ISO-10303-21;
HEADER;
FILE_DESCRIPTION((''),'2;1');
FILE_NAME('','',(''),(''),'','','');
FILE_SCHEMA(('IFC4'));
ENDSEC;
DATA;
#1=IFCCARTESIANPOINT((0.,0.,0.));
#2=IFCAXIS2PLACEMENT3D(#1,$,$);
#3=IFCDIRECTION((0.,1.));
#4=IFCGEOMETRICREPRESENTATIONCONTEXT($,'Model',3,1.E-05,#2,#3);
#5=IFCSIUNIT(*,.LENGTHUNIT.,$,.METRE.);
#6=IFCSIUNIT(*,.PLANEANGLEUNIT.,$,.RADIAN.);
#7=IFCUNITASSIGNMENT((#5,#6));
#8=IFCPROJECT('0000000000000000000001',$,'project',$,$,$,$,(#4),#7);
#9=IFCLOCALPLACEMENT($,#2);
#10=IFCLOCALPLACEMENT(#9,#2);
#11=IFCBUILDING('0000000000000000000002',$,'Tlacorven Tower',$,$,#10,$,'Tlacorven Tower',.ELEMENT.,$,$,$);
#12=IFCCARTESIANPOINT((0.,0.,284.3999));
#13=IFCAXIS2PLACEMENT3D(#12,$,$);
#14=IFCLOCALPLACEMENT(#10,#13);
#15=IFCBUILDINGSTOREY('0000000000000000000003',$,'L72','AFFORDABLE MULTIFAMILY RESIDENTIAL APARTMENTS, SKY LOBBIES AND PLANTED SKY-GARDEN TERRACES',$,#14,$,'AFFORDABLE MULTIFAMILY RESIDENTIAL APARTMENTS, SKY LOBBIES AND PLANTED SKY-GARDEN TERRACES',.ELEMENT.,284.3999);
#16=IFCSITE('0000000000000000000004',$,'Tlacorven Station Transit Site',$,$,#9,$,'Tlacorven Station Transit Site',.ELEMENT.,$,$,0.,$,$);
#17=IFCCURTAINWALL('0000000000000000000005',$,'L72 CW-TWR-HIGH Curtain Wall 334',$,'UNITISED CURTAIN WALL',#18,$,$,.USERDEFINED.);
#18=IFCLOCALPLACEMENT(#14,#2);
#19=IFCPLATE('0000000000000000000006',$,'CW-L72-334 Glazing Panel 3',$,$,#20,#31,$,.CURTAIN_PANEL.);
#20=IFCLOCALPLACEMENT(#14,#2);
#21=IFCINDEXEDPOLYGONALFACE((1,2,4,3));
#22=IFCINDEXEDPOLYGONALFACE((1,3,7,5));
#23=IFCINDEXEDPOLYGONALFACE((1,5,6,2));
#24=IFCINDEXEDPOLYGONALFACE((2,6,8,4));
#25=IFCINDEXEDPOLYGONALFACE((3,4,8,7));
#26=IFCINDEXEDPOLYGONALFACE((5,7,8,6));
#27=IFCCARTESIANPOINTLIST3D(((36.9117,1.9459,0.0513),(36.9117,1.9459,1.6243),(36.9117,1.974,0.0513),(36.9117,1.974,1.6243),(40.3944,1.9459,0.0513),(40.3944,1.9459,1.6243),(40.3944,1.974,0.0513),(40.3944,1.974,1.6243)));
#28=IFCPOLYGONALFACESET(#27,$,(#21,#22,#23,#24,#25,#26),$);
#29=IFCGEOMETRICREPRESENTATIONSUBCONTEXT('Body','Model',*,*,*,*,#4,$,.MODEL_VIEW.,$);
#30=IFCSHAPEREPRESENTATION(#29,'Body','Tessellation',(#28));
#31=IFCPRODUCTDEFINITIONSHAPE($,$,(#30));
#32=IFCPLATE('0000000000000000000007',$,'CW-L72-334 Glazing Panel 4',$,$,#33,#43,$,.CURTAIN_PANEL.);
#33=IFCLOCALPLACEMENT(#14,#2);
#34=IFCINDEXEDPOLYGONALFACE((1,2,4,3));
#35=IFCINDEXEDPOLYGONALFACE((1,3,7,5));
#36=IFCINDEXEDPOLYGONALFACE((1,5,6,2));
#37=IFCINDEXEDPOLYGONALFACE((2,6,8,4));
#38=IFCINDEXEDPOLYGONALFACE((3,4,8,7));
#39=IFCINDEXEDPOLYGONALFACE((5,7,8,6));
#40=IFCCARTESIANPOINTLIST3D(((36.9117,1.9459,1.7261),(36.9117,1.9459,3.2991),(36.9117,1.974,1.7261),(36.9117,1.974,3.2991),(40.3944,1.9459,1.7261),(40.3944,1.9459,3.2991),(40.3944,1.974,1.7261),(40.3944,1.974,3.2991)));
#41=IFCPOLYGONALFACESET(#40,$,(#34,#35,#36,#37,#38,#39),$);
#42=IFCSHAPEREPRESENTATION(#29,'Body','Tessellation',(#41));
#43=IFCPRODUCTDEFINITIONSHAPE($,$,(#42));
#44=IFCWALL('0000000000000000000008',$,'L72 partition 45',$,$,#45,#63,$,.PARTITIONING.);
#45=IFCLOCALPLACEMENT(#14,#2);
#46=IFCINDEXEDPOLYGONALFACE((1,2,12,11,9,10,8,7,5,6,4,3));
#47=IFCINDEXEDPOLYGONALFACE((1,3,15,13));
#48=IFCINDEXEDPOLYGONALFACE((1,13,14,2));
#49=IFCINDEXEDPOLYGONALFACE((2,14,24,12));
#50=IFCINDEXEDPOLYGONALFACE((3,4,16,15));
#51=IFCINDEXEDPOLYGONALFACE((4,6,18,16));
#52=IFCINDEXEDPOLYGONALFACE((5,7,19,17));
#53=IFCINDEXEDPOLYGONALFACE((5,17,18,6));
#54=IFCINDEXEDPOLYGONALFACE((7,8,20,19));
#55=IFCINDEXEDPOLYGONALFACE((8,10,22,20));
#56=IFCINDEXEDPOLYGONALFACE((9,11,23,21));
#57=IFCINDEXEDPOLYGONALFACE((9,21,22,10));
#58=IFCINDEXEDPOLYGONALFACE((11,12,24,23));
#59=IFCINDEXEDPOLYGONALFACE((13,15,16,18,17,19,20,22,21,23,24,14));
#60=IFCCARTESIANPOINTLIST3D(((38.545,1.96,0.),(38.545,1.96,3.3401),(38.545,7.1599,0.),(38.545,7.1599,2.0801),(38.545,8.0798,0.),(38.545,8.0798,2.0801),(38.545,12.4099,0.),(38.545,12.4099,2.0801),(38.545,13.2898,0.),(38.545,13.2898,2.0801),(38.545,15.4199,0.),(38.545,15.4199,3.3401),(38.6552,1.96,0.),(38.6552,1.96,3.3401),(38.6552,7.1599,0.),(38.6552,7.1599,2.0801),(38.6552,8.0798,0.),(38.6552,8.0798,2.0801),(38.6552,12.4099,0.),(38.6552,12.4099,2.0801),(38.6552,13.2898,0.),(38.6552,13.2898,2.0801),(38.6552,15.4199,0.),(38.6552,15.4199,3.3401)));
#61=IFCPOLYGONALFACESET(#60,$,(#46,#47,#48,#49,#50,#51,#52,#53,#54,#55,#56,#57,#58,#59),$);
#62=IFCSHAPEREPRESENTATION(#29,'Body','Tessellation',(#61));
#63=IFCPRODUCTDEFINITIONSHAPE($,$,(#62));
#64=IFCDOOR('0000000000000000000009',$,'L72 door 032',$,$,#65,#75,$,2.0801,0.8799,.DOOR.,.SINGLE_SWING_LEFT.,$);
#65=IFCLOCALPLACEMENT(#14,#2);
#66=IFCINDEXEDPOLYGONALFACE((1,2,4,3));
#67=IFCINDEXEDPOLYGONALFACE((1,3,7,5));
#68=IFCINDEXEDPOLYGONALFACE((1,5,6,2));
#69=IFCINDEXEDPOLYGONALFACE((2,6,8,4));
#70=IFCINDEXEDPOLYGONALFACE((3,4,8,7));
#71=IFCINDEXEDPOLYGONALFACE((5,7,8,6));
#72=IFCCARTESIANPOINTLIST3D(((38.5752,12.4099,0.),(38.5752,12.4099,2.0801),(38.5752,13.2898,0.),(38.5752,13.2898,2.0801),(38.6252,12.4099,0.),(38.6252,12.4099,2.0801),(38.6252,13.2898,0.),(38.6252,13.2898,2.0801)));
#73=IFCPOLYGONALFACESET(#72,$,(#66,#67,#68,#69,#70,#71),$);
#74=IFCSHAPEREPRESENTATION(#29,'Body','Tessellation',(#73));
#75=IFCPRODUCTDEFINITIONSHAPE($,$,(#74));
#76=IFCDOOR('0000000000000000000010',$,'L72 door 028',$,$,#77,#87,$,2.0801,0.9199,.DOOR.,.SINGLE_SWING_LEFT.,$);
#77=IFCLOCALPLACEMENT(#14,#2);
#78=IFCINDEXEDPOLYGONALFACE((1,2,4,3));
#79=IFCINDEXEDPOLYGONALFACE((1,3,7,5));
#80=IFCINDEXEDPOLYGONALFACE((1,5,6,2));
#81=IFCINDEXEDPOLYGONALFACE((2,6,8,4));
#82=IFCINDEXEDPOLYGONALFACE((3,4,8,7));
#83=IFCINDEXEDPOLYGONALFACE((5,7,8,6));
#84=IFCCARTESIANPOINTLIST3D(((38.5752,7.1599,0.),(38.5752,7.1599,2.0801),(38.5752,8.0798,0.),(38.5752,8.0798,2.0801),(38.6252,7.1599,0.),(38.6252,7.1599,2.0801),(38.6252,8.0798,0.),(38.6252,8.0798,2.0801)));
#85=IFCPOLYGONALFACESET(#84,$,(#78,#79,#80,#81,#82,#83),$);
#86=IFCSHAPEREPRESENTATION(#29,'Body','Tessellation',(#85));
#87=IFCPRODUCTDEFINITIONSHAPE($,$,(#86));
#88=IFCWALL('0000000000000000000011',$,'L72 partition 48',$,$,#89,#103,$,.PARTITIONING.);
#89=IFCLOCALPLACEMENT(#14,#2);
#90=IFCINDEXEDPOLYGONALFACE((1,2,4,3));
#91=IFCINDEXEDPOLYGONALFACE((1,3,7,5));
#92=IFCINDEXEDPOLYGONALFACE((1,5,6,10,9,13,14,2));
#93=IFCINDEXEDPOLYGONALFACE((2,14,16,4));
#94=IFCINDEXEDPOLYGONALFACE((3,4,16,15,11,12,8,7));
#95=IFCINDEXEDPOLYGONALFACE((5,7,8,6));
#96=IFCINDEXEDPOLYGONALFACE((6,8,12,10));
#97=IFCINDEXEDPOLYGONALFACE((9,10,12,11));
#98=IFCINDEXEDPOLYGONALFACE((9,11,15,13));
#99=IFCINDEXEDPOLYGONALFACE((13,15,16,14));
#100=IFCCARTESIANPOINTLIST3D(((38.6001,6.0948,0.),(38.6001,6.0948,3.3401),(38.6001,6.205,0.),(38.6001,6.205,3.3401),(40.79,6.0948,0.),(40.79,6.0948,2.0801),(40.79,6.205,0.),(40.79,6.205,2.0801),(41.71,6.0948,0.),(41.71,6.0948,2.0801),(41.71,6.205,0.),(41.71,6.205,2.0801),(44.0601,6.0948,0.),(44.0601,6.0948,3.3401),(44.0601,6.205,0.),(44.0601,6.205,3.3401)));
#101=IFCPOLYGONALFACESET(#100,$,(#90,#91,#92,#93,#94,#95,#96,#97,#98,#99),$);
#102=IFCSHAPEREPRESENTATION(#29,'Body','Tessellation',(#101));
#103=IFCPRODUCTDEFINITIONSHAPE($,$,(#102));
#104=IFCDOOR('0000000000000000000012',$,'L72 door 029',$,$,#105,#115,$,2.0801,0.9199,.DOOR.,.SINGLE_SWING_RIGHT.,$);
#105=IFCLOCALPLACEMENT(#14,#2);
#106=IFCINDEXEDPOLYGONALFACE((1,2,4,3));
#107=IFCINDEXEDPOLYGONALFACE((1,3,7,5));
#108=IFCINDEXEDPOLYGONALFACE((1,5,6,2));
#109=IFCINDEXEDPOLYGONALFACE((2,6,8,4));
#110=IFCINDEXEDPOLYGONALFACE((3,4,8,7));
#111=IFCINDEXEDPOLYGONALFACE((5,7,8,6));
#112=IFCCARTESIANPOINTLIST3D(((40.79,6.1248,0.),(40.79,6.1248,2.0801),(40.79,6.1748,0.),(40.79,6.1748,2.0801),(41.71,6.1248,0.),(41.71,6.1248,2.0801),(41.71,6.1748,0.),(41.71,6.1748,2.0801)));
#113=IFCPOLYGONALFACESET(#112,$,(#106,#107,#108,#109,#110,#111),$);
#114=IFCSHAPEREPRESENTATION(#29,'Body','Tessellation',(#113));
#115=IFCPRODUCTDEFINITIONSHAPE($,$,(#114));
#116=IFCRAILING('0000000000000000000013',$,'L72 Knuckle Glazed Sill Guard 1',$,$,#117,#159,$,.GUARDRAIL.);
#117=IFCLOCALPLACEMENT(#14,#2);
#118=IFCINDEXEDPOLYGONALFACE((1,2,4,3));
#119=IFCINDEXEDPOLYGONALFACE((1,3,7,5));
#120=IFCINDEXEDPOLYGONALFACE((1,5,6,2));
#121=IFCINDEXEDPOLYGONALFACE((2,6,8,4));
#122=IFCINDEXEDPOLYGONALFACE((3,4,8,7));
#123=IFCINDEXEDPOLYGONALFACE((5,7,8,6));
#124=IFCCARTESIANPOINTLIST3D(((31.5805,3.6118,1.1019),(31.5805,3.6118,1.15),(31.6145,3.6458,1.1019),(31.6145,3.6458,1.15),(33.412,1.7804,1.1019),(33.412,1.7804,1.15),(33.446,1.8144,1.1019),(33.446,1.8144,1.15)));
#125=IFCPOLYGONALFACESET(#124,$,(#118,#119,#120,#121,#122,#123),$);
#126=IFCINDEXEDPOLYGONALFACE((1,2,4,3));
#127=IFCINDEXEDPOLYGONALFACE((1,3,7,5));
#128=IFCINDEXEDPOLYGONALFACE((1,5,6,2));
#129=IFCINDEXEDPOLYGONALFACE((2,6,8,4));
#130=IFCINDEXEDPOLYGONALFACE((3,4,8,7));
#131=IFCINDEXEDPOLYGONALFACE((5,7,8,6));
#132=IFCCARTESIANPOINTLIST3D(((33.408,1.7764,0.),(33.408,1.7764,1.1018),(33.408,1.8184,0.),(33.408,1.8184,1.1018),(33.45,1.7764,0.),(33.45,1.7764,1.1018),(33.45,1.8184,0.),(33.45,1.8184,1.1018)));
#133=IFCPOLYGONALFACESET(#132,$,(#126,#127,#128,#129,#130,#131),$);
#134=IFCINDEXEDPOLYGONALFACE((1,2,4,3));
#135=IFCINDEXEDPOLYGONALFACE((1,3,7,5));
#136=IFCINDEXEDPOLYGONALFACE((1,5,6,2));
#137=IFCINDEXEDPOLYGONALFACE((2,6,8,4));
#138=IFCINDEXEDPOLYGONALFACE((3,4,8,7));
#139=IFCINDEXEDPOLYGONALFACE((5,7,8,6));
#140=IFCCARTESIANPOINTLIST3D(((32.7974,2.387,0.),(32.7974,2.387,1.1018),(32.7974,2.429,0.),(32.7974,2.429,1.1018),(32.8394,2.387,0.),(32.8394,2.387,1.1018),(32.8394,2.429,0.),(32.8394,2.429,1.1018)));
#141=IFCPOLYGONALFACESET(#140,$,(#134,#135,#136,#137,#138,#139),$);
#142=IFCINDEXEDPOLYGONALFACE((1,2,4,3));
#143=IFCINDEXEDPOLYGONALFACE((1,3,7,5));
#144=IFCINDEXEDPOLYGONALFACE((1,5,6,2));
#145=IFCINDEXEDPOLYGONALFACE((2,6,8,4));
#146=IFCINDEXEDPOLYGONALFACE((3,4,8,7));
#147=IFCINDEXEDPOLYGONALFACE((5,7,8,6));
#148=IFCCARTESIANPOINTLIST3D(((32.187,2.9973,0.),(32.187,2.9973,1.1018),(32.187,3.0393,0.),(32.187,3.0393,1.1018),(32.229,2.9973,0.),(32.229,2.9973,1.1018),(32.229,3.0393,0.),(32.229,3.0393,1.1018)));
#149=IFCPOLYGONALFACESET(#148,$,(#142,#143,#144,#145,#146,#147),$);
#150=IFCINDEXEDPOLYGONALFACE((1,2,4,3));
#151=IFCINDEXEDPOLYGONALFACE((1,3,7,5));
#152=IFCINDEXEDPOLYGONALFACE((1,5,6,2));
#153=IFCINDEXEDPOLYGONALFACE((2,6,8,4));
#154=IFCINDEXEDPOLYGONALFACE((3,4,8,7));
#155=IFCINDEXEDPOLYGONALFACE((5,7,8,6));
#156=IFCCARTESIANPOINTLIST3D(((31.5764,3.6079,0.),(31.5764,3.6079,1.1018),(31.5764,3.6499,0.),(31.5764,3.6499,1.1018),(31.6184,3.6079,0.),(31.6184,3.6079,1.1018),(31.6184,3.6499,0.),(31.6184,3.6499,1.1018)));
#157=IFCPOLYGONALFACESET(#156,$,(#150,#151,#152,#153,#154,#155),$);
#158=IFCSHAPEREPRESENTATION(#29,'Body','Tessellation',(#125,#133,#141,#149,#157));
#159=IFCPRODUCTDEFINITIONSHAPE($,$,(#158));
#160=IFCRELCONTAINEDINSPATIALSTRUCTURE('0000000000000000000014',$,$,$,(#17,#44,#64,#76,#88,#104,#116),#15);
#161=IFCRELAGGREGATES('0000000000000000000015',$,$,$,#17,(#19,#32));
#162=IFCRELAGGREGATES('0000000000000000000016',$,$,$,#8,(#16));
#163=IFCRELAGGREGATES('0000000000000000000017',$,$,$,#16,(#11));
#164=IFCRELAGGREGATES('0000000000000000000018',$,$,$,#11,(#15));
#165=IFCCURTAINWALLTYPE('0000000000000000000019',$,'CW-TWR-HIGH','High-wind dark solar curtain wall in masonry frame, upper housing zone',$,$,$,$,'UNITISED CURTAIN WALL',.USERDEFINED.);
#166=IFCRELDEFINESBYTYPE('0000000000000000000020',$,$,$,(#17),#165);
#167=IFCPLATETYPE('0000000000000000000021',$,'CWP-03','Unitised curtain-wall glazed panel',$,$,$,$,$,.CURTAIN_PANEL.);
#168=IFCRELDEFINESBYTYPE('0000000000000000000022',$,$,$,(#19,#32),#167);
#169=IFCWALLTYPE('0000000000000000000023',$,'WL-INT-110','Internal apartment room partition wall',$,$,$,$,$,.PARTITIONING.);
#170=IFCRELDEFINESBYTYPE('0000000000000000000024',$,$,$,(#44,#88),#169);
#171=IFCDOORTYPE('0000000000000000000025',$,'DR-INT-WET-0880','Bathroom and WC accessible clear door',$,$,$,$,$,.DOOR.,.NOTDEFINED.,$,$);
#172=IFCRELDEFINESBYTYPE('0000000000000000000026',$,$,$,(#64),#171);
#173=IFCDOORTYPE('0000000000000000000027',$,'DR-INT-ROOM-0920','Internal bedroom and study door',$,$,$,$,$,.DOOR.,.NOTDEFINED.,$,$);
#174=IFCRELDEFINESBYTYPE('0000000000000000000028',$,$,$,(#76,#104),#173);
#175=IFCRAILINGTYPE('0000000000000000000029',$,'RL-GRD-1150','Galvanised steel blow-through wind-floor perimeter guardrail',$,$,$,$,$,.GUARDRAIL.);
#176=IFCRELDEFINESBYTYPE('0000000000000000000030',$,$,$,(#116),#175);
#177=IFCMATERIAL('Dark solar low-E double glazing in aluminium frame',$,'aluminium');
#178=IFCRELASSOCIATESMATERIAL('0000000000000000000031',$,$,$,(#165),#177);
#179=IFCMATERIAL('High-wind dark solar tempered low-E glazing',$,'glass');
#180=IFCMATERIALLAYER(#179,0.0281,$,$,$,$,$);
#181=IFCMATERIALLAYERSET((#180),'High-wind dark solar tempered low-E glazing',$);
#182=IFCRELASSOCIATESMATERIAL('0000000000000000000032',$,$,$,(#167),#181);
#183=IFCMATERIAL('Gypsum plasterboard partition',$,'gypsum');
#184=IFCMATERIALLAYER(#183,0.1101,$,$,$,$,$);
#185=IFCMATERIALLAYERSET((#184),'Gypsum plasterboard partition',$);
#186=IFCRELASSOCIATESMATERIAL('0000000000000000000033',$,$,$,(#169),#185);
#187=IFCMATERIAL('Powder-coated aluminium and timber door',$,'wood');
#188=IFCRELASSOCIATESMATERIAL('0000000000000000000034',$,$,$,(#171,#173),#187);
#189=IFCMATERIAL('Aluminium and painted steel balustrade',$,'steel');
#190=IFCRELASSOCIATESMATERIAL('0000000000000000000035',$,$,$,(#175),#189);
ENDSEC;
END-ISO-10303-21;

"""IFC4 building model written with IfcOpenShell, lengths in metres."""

from ifc_helpers import new_model, si_unit, direction, frame, frame_2d, origin, origin_2d, place, context, subcontext, project, spatial, rectangle, extrude, source, transform, mapped, material, layer, layer_set, type_object, element, fill, aggregate, save


model = new_model("IFC4")

# Units and contexts
model_context = context("Model", 3, precision=1e-05, world=origin(), true_north=direction((0.0, 1.0)))
body_context = subcontext(model_context, "Body", "Model", "MODEL_VIEW")
ifc_project = project(units=[si_unit("LENGTHUNIT", "METRE"), si_unit("PLANEANGLEUNIT", "RADIAN")], contexts=[model_context])

# Site, building, storey
site_placement = place(None, origin())
site = spatial("IfcSite", under=ifc_project, at=site_placement, Name="Tlacorven Station Transit Site", LongName="Tlacorven Station Transit Site", CompositionType="ELEMENT", RefElevation=0.0)
building_placement = place(site_placement, origin())
building = spatial("IfcBuilding", under=site, at=building_placement, Name="Tlacorven Tower", LongName="Tlacorven Tower", CompositionType="ELEMENT")
storey_placement = place(building_placement, frame((0.0, 0.0, 284.3999)))
storey = spatial("IfcBuildingStorey", under=building, at=storey_placement, Name="L72", Description="AFFORDABLE MULTIFAMILY RESIDENTIAL APARTMENTS, SKY LOBBIES AND PLANTED SKY-GARDEN TERRACES", LongName="AFFORDABLE MULTIFAMILY RESIDENTIAL APARTMENTS, SKY LOBBIES AND PLANTED SKY-GARDEN TERRACES", CompositionType="ELEMENT", Elevation=284.3999)

# Curtain wall
ifc_material_1 = material(Name="Dark solar low-E double glazing in aluminium frame", Category="aluminium")
curtain_wall_type = type_object("IfcCurtainWallType", Name="CW-TWR-HIGH", Description="High-wind dark solar curtain wall in masonry frame, upper housing zone", ElementType="UNITISED CURTAIN WALL", PredefinedType="USERDEFINED", material=ifc_material_1)
curtain_wall_1_placement = place(storey_placement, origin())
curtain_wall_1 = element("IfcCurtainWall", 1, at=curtain_wall_1_placement, inside=storey, type_object=curtain_wall_type, Name="L72 CW-TWR-HIGH Curtain Wall 334", ObjectType="UNITISED CURTAIN WALL", PredefinedType="USERDEFINED")

# Plates
ifc_material_2 = material(Name="High-wind dark solar tempered low-E glazing", Category="glass")
ifc_layer_1 = layer(ifc_material_2, 0.0281)
ifc_layer_set_1 = layer_set([ifc_layer_1], Name="High-wind dark solar tempered low-E glazing")
plate_type = type_object("IfcPlateType", Name="CWP-03", Description="Unitised curtain-wall glazed panel", PredefinedType="CURTAIN_PANEL", material=ifc_layer_set_1)
shared_shape_1 = source(origin(), body_context, "Body", "SweptSolid", [
    extrude(rectangle(XDim=3.4827, YDim=0.0281, at=origin_2d()), origin(), (0.0, 0.0, 1.0), 1.573),
])
plate_1_placement = place(storey_placement, frame((38.6531, 1.96, 0.0513), z_axis=(0.0, 0.0, 1.0), x_axis=(-1.0, 0.0, 0.0)))
plate_1 = element("IfcPlate", 2, at=plate_1_placement, type_object=plate_type, Name="CW-L72-334 Glazing Panel 3", PredefinedType="CURTAIN_PANEL", context=body_context, shape_type="MappedRepresentation", body=[
    mapped(shared_shape_1, transform((0.0, 0.0, 0.0), scale=1.0)),
])
plate_2_placement = place(storey_placement, frame((38.6531, 1.96, 1.7261), z_axis=(0.0, 0.0, 1.0), x_axis=(-1.0, 0.0, 0.0)))
plate_2 = element("IfcPlate", 3, at=plate_2_placement, type_object=plate_type, Name="CW-L72-334 Glazing Panel 4", PredefinedType="CURTAIN_PANEL", context=body_context, shape_type="MappedRepresentation", body=[
    mapped(shared_shape_1, transform((0.0, 0.0, 0.0), scale=1.0)),
])
aggregate(curtain_wall_1, [plate_1, plate_2])

# Wall, openings, doors
ifc_material_3 = material(Name="Gypsum plasterboard partition", Category="gypsum")
ifc_layer_2 = layer(ifc_material_3, 0.1101)
ifc_layer_set_2 = layer_set([ifc_layer_2], Name="Gypsum plasterboard partition")
wall_type = type_object("IfcWallType", Name="WL-INT-110", Description="Internal apartment room partition wall", PredefinedType="PARTITIONING", material=ifc_layer_set_2)
wall_1_placement = place(storey_placement, frame((38.6001, 1.96, 0.0), z_axis=(0.0, 0.0, 1.0), x_axis=(0.0, 1.0, 0.0)))
wall_1 = element("IfcWall", 4, at=wall_1_placement, inside=storey, type_object=wall_type, Name="L72 partition 45", PredefinedType="PARTITIONING", context=body_context, shape_type="SweptSolid", body=[
    extrude(rectangle(XDim=13.46, YDim=0.1101, at=frame_2d((6.73, 0.0))), origin(), (0.0, 0.0, 1.0), 3.3401),
])
opening_1_placement = place(wall_1_placement, frame((5.2, 0.0, 0.0)))
opening_1 = element("IfcOpeningElement", 5, at=opening_1_placement, cuts=wall_1, PredefinedType="OPENING", context=body_context, shape_type="SweptSolid", body=[
    extrude(rectangle(XDim=0.9199, YDim=2.0801, at=frame_2d((0.46, 1.04))), frame((0.0, 0.0649, 0.0), z_axis=(0.0, -1.0, 0.0), x_axis=(1.0, 0.0, 0.0)), (0.0, 0.0, 1.0), 0.1301),
])
opening_2_placement = place(wall_1_placement, frame((10.45, 0.0, 0.0)))
opening_2 = element("IfcOpeningElement", 6, at=opening_2_placement, cuts=wall_1, PredefinedType="OPENING", context=body_context, shape_type="SweptSolid", body=[
    extrude(rectangle(XDim=0.8799, YDim=2.0801, at=frame_2d((0.4399, 1.04))), frame((0.0, 0.0649, 0.0), z_axis=(0.0, -1.0, 0.0), x_axis=(1.0, 0.0, 0.0)), (0.0, 0.0, 1.0), 0.1301),
])
ifc_material_4 = material(Name="Powder-coated aluminium and timber door", Category="wood")
door_type_1 = type_object("IfcDoorType", Name="DR-INT-WET-0880", Description="Bathroom and WC accessible clear door", OperationType="NOTDEFINED", PredefinedType="DOOR", material=ifc_material_4)
shared_shape_2 = source(origin(), body_context, "Body", "SweptSolid", [
    extrude(rectangle(XDim=0.8799, YDim=2.0801, at=frame_2d((0.4399, 1.04))), frame((0.0, 0.0249, 0.0), z_axis=(0.0, -1.0, 0.0), x_axis=(1.0, 0.0, 0.0)), (0.0, 0.0, 1.0), 0.05),
])
door_1_placement = place(opening_2_placement, origin())
door_1 = element("IfcDoor", 7, at=door_1_placement, inside=storey, type_object=door_type_1, Name="L72 door 032", OperationType="SINGLE_SWING_LEFT", OverallHeight=2.0801, OverallWidth=0.8799, PredefinedType="DOOR", context=body_context, shape_type="MappedRepresentation", body=[
    mapped(shared_shape_2, transform((0.0, 0.0, 0.0), scale=1.0)),
])
fill(opening_2, door_1)
door_type_2 = type_object("IfcDoorType", Name="DR-INT-ROOM-0920", Description="Internal bedroom and study door", OperationType="NOTDEFINED", PredefinedType="DOOR", material=ifc_material_4)
shared_shape_3 = source(origin(), body_context, "Body", "SweptSolid", [
    extrude(rectangle(XDim=0.9199, YDim=2.0801, at=frame_2d((0.46, 1.04))), frame((0.0, 0.0249, 0.0), z_axis=(0.0, -1.0, 0.0), x_axis=(1.0, 0.0, 0.0)), (0.0, 0.0, 1.0), 0.05),
])
door_2_placement = place(opening_1_placement, origin())
door_2 = element("IfcDoor", 8, at=door_2_placement, inside=storey, type_object=door_type_2, Name="L72 door 028", OperationType="SINGLE_SWING_LEFT", OverallHeight=2.0801, OverallWidth=0.9199, PredefinedType="DOOR", context=body_context, shape_type="MappedRepresentation", body=[
    mapped(shared_shape_3, transform((0.0, 0.0, 0.0), scale=1.0)),
])
fill(opening_1, door_2)

# Wall, opening, door
wall_2_placement = place(storey_placement, frame((38.6001, 6.1499, 0.0), z_axis=(0.0, 0.0, 1.0), x_axis=(1.0, 0.0, 0.0)))
wall_2 = element("IfcWall", 9, at=wall_2_placement, inside=storey, type_object=wall_type, Name="L72 partition 48", PredefinedType="PARTITIONING", context=body_context, shape_type="SweptSolid", body=[
    extrude(rectangle(XDim=5.46, YDim=0.1101, at=frame_2d((2.73, 0.0))), origin(), (0.0, 0.0, 1.0), 3.3401),
])
opening_3_placement = place(wall_2_placement, frame((2.1899, 0.0, 0.0)))
opening_3 = element("IfcOpeningElement", 10, at=opening_3_placement, cuts=wall_2, PredefinedType="OPENING", context=body_context, shape_type="SweptSolid", body=[
    extrude(rectangle(XDim=0.9199, YDim=2.0801, at=frame_2d((0.46, 1.04))), frame((0.0, 0.0649, 0.0), z_axis=(0.0, -1.0, 0.0), x_axis=(1.0, 0.0, 0.0)), (0.0, 0.0, 1.0), 0.1301),
])
door_3_placement = place(opening_3_placement, origin())
door_3 = element("IfcDoor", 11, at=door_3_placement, inside=storey, type_object=door_type_2, Name="L72 door 029", OperationType="SINGLE_SWING_RIGHT", OverallHeight=2.0801, OverallWidth=0.9199, PredefinedType="DOOR", context=body_context, shape_type="MappedRepresentation", body=[
    mapped(shared_shape_3, transform((0.0, 0.0, 0.0), scale=1.0)),
])
fill(opening_3, door_3)

# Railing
ifc_material_5 = material(Name="Aluminium and painted steel balustrade", Category="steel")
railing_type = type_object("IfcRailingType", Name="RL-GRD-1150", Description="Galvanised steel blow-through wind-floor perimeter guardrail", PredefinedType="GUARDRAIL", material=ifc_material_5)
shared_shape_4 = source(origin(), body_context, "Body", "SweptSolid", [
    extrude(rectangle(XDim=0.0481, YDim=0.0481, at=origin_2d()), frame((0.0, 0.0, 1.126), z_axis=(-0.707107, 0.707107, 0.0), x_axis=(-0.707107, -0.707107, 0.0)), (0.0, 0.0, 1.0), 2.5901),
    extrude(rectangle(XDim=0.042, YDim=0.042, at=origin_2d()), origin(), (0.0, 0.0, 1.0), 1.1018),
    extrude(rectangle(XDim=0.042, YDim=0.042, at=origin_2d()), frame((-0.6106, 0.6106, 0.0)), (0.0, 0.0, 1.0), 1.1018),
    extrude(rectangle(XDim=0.042, YDim=0.042, at=origin_2d()), frame((-1.2209, 1.2209, 0.0)), (0.0, 0.0, 1.0), 1.1018),
    extrude(rectangle(XDim=0.042, YDim=0.042, at=origin_2d()), frame((-1.8315, 1.8315, 0.0)), (0.0, 0.0, 1.0), 1.1018),
])
railing_placement = place(storey_placement, frame((33.429, 1.7974, 0.0)))
element("IfcRailing", 12, at=railing_placement, inside=storey, type_object=railing_type, Name="L72 Knuckle Glazed Sill Guard 1", PredefinedType="GUARDRAIL", context=body_context, shape_type="MappedRepresentation", body=[
    mapped(shared_shape_4, transform((0.0, 0.0, 0.0), scale=1.0)),
])

save(model, "model.ifc")
